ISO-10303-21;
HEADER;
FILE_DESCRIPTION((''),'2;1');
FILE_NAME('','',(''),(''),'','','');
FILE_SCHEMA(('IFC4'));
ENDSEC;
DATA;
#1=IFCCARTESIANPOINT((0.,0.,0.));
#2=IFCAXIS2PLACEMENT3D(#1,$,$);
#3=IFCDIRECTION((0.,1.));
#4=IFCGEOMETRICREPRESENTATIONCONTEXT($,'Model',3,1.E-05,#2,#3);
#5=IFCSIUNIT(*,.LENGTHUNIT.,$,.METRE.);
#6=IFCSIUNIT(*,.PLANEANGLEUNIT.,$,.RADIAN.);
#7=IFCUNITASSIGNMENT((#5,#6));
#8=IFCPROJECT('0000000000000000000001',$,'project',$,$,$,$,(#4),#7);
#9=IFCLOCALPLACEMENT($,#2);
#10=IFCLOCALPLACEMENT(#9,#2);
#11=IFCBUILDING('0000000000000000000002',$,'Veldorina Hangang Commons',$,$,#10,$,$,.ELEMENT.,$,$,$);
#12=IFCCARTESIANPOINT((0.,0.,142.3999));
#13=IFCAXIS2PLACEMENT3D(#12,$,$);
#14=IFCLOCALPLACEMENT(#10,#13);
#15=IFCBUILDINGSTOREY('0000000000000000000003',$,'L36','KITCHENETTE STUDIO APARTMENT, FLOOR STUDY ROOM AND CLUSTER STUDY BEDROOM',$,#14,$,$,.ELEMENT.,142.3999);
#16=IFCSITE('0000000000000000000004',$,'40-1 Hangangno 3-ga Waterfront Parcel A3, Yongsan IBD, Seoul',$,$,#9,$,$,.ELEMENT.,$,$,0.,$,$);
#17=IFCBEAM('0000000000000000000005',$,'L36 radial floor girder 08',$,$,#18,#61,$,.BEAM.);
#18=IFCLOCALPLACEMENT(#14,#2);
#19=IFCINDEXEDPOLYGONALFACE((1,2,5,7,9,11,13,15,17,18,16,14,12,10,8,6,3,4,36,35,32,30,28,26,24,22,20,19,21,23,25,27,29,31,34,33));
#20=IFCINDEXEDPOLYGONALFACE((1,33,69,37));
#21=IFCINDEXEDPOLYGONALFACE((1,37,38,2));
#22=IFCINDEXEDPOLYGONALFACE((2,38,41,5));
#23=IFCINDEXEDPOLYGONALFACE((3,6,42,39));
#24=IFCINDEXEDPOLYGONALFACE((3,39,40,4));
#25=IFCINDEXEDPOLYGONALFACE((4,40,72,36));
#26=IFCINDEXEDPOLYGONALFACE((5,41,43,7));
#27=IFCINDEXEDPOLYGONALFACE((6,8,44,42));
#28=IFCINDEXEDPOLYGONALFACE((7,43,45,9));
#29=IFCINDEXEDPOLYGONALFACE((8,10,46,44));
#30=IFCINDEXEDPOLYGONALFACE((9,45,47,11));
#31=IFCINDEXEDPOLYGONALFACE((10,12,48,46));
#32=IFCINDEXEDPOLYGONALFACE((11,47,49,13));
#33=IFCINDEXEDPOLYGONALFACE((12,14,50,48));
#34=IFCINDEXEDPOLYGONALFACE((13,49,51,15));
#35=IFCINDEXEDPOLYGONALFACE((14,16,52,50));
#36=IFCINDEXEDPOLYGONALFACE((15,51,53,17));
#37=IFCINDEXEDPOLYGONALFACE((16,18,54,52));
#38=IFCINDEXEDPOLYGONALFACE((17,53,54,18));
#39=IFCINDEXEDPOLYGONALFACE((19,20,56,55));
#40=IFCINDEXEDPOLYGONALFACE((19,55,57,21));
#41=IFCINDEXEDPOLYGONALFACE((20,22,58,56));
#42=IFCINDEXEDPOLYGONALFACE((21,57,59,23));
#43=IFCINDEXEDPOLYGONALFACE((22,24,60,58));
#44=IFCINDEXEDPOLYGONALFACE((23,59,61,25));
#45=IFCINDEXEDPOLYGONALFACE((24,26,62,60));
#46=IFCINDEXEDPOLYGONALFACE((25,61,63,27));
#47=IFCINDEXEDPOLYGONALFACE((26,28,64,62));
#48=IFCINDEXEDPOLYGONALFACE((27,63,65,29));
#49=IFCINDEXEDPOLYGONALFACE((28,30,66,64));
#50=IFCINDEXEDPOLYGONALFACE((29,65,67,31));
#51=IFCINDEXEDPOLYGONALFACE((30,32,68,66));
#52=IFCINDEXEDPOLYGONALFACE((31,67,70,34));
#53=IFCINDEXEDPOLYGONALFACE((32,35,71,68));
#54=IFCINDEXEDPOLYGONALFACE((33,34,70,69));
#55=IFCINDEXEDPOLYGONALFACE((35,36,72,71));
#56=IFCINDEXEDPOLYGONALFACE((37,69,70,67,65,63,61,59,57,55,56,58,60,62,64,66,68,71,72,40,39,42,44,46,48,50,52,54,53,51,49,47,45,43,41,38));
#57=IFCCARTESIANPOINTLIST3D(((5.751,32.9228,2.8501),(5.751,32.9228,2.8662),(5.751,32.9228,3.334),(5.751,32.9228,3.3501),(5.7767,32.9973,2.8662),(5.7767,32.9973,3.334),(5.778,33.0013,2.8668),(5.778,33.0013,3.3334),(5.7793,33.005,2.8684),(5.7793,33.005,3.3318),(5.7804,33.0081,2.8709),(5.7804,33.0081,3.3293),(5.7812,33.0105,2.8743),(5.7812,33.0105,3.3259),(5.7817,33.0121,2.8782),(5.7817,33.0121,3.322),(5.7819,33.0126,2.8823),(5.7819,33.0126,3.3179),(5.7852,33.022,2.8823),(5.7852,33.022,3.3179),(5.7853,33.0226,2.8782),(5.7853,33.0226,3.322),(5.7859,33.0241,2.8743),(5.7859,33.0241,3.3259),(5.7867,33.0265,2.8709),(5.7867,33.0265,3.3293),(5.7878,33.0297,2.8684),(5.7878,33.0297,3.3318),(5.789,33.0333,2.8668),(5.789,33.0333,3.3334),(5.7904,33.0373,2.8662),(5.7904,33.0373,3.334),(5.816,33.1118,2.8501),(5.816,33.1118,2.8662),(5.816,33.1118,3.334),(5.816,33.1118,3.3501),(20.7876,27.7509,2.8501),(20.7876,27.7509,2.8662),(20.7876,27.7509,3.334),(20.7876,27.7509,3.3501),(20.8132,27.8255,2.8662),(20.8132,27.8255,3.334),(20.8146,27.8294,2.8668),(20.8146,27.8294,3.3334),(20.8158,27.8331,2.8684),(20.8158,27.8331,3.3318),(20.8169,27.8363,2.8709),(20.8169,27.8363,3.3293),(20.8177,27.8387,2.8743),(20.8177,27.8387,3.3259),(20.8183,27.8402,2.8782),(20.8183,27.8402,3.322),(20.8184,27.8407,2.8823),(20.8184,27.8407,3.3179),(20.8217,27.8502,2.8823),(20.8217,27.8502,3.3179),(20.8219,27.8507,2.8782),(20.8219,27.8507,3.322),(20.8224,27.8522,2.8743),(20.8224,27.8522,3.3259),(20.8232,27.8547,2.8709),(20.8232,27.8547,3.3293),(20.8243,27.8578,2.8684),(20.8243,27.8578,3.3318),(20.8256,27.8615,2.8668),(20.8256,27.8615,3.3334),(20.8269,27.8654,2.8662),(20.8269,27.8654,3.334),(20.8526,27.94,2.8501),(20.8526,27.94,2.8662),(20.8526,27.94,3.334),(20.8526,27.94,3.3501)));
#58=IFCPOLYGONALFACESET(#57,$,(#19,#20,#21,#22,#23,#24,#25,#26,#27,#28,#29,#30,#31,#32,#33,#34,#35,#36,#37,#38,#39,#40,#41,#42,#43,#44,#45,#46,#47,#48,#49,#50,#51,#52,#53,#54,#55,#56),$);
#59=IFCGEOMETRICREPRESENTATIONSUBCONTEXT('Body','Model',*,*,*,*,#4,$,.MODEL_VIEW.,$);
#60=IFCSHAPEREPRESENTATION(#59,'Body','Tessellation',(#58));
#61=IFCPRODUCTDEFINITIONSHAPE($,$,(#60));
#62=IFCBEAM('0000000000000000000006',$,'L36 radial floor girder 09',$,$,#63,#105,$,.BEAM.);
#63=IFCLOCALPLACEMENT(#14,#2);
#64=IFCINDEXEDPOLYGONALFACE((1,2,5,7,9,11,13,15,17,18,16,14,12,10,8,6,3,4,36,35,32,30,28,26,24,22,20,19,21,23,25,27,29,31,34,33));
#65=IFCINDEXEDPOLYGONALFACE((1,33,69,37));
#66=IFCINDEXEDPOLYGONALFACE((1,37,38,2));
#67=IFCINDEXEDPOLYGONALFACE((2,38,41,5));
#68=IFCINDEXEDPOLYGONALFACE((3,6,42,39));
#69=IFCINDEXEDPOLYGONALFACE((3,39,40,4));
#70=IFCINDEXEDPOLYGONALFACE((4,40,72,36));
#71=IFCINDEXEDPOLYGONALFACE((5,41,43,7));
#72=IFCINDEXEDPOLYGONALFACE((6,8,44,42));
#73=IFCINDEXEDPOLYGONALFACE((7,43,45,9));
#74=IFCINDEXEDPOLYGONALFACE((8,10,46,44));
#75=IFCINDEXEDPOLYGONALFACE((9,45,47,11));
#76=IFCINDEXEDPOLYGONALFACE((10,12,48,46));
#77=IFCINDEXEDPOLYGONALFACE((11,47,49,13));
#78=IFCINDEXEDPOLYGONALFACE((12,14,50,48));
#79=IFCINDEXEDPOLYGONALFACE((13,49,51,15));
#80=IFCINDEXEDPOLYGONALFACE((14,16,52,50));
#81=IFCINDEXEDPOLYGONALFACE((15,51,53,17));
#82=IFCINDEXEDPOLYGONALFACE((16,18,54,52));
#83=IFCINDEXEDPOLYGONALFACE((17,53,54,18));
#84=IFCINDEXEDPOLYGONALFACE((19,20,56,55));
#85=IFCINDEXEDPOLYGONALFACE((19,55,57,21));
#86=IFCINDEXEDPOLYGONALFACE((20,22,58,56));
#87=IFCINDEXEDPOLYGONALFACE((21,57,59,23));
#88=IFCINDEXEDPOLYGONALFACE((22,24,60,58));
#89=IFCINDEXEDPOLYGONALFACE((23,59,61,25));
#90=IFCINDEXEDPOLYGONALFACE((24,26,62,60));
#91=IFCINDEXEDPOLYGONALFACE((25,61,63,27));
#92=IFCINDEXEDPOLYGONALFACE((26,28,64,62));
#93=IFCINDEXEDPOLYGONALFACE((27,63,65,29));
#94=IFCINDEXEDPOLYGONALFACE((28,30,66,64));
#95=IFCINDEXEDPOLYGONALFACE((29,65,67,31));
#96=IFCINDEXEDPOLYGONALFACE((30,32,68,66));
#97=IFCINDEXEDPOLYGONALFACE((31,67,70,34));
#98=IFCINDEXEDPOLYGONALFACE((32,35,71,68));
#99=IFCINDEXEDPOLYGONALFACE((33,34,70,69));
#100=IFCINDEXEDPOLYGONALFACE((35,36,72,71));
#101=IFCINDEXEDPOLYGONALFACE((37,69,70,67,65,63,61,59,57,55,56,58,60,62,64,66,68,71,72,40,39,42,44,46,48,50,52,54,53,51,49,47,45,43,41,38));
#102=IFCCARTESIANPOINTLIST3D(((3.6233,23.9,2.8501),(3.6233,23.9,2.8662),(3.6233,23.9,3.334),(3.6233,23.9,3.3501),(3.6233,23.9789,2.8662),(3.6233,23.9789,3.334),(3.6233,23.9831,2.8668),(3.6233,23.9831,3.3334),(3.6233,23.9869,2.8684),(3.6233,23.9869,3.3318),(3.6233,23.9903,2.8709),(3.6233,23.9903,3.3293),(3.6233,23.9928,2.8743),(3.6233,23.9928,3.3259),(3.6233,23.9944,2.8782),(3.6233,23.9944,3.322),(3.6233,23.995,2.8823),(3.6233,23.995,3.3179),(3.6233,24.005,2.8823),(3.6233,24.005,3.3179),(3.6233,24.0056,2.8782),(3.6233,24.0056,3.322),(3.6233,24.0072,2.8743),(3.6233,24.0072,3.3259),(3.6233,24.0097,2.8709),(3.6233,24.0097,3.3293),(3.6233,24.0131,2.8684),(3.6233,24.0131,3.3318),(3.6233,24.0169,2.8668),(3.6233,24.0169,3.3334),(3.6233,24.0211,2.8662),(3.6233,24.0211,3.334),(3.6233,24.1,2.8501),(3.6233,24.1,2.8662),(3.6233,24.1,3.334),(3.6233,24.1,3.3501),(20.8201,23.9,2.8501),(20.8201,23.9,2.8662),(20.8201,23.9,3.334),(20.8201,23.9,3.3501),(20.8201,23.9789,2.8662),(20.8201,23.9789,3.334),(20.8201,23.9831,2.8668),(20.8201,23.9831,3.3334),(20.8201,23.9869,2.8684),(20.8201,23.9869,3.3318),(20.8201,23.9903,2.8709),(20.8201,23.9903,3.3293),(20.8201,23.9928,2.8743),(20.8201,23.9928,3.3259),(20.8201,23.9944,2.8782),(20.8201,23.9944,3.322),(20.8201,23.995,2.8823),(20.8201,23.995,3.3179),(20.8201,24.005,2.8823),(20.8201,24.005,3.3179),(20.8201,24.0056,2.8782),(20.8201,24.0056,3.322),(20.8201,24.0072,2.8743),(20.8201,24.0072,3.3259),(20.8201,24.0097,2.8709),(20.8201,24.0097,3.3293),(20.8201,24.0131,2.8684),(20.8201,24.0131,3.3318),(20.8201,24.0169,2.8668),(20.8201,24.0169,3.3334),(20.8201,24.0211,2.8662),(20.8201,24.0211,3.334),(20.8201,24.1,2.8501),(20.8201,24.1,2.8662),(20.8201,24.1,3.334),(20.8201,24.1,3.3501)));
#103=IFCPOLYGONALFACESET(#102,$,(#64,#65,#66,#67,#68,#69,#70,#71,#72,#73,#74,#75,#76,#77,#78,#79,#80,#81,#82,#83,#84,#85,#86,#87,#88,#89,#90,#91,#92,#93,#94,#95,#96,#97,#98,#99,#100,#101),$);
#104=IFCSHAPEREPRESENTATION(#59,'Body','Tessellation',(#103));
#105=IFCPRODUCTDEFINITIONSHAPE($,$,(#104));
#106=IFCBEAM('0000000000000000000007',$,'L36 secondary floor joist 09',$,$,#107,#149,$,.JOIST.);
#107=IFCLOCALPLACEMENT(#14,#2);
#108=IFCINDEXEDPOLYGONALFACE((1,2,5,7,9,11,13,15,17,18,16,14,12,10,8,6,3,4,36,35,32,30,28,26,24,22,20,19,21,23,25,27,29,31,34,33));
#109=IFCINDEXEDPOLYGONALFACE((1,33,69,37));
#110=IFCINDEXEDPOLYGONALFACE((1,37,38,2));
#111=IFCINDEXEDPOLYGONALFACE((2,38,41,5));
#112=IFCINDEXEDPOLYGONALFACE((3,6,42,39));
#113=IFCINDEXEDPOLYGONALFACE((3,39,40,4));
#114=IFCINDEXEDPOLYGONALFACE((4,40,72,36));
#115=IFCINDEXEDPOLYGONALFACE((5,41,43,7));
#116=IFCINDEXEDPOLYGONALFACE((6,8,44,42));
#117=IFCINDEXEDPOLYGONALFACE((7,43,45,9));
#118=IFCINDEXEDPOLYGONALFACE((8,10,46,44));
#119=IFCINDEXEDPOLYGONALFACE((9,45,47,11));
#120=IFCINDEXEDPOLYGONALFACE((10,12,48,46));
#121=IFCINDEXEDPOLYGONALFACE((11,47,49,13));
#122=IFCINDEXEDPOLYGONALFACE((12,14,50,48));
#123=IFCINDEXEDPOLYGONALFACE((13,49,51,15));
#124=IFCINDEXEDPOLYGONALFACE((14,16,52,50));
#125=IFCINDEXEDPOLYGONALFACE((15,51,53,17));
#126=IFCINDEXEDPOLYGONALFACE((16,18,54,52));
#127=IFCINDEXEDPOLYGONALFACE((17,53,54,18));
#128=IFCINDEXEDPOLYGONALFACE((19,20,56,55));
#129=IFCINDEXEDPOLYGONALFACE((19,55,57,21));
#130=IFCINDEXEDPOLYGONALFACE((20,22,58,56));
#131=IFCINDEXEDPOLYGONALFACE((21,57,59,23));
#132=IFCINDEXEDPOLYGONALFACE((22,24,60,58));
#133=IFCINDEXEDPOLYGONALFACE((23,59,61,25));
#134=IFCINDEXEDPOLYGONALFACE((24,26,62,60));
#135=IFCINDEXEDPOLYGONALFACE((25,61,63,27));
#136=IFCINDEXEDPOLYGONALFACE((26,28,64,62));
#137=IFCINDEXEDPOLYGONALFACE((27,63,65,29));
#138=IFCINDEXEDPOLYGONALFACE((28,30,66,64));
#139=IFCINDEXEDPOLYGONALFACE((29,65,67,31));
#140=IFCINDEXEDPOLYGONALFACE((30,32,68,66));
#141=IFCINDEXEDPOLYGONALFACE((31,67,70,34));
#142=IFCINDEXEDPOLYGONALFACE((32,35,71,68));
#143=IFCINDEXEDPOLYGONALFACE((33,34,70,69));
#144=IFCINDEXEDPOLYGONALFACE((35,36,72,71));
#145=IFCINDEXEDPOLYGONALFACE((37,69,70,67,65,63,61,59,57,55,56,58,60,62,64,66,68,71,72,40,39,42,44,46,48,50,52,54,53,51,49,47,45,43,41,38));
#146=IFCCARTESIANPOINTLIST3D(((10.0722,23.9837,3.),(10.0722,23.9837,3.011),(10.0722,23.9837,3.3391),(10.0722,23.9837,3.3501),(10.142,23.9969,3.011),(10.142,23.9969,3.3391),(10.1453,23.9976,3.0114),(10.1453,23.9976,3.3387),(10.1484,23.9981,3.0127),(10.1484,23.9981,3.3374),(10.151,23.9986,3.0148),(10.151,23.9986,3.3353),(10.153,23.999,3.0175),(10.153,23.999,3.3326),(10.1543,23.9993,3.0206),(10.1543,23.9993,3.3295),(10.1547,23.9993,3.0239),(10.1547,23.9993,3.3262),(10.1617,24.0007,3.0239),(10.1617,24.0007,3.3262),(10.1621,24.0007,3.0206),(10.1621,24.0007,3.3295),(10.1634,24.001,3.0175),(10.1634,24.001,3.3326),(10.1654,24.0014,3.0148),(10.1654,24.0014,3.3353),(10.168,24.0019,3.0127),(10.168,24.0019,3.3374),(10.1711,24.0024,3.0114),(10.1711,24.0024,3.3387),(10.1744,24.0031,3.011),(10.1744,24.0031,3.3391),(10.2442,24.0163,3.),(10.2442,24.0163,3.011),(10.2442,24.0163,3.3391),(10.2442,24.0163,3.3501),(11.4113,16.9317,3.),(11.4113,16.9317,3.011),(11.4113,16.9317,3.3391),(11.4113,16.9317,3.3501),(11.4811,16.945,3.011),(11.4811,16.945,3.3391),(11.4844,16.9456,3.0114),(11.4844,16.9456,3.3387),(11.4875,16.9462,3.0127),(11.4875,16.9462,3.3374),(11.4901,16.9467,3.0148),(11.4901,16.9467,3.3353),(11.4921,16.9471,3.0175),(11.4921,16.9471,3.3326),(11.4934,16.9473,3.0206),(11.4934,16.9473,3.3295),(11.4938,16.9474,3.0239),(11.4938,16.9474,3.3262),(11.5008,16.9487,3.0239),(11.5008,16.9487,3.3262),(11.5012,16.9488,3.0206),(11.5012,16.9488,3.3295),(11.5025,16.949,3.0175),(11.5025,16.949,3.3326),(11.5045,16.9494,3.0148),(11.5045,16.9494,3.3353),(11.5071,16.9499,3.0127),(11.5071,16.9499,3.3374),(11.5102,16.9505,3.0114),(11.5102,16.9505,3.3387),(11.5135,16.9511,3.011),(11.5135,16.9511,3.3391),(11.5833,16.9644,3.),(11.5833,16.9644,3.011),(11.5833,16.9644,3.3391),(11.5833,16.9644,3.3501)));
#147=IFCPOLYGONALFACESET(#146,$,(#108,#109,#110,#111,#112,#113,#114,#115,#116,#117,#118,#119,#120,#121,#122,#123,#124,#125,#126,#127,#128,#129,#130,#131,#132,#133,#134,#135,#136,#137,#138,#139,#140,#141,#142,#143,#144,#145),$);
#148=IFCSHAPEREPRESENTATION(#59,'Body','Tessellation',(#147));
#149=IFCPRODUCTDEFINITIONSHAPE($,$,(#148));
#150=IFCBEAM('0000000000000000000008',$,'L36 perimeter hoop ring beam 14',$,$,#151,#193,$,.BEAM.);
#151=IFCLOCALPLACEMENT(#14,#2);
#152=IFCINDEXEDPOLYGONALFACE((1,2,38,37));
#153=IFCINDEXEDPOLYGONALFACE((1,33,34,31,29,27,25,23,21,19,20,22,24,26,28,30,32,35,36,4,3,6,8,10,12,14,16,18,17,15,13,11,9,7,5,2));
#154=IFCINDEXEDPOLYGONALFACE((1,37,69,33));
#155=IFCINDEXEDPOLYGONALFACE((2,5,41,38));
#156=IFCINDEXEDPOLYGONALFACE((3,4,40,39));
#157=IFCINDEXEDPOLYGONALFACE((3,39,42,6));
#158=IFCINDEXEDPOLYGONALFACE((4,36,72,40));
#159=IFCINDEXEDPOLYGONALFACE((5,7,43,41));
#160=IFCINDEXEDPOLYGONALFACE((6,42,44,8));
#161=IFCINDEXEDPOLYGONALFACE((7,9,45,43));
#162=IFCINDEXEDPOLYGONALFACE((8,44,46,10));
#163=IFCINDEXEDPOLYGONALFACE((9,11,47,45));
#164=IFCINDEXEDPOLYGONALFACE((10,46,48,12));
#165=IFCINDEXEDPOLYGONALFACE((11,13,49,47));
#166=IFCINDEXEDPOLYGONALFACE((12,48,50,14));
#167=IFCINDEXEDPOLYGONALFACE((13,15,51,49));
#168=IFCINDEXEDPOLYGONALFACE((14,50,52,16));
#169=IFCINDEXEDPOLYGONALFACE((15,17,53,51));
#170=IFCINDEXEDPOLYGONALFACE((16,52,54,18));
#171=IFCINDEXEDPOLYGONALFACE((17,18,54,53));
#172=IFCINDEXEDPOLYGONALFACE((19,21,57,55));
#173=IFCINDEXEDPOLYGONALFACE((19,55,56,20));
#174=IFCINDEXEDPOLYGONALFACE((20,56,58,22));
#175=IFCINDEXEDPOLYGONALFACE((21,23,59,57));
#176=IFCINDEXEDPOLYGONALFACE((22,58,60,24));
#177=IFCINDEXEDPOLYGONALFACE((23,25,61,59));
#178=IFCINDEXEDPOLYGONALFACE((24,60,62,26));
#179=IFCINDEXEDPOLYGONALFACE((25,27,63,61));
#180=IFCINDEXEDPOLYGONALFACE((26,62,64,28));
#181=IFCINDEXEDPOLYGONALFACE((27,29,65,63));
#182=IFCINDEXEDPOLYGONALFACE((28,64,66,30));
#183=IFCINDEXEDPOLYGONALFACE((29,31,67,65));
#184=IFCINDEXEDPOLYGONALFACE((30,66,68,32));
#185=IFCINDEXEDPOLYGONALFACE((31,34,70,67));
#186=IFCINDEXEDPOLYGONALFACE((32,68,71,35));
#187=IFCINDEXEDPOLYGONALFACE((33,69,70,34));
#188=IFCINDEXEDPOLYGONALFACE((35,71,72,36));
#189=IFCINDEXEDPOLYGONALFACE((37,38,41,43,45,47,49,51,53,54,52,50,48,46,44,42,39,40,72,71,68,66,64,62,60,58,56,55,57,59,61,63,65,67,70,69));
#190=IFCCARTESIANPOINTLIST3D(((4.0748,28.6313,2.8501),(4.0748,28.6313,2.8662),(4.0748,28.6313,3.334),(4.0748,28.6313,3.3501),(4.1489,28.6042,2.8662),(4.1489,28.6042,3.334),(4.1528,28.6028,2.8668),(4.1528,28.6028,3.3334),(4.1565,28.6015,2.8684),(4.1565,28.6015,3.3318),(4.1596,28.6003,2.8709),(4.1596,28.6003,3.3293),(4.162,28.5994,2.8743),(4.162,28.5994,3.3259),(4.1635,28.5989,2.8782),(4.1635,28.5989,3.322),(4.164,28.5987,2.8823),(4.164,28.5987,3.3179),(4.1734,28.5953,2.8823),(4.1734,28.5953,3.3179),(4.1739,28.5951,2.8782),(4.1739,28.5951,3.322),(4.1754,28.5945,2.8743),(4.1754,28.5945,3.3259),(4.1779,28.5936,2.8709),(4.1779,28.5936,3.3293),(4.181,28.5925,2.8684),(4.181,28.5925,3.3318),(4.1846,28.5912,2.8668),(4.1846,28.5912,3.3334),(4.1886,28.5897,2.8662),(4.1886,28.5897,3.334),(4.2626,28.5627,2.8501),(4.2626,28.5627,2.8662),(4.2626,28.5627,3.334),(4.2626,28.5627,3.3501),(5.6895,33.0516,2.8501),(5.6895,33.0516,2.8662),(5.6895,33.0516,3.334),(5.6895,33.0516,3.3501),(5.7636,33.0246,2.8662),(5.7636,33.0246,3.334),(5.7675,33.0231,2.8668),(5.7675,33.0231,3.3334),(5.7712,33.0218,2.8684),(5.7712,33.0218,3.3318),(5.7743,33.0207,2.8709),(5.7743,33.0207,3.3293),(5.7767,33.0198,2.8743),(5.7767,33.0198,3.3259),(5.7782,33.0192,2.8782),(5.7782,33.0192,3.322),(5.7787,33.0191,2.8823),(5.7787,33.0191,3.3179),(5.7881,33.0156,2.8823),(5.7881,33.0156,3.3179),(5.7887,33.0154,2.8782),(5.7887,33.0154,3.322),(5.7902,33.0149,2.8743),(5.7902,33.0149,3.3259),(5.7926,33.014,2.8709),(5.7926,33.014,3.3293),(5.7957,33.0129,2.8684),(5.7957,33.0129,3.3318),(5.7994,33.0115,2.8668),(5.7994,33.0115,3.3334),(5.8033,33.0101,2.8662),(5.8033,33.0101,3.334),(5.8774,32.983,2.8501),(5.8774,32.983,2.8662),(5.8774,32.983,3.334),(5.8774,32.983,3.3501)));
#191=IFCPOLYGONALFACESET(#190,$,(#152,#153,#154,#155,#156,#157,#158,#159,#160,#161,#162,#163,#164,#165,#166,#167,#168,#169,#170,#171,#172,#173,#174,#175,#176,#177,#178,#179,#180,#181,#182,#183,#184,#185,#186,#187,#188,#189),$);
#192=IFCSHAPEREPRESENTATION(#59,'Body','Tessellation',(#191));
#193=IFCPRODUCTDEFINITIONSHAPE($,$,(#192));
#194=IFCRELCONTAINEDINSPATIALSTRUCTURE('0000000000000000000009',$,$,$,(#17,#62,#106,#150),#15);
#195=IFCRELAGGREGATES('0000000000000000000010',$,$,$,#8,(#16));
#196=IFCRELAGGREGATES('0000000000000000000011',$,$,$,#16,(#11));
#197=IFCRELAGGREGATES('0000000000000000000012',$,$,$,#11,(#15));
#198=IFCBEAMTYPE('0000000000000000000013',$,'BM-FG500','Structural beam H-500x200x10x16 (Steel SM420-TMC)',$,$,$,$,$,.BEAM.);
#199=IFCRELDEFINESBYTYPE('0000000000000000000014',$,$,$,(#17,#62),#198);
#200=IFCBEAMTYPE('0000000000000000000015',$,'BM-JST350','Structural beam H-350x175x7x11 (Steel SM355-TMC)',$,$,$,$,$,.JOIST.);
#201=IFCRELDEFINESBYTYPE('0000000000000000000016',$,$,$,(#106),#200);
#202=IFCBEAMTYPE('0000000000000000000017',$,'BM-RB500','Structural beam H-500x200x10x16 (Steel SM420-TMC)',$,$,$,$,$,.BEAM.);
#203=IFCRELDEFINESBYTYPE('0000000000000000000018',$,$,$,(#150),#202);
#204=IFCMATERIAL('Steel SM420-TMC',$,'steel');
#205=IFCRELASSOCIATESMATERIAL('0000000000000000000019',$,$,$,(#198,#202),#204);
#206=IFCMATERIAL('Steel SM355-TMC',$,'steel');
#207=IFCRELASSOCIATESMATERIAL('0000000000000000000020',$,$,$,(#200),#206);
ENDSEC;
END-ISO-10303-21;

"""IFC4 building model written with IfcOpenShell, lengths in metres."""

from ifc_helpers import new_model, si_unit, direction, frame, origin, origin_2d, place, context, subcontext, project, spatial, i_section, extrude, material, material_profile, profile_set, type_object, element, save


model = new_model("IFC4")

# Units and contexts
model_context = context("Model", 3, precision=1e-05, world=origin(), true_north=direction((0.0, 1.0)))
body_context = subcontext(model_context, "Body", "Model", "MODEL_VIEW")
ifc_project = project(units=[si_unit("LENGTHUNIT", "METRE"), si_unit("PLANEANGLEUNIT", "RADIAN")], contexts=[model_context])

# Site, building, storey
site_placement = place(None, origin())
site = spatial("IfcSite", under=ifc_project, at=site_placement, Name="40-1 Hangangno 3-ga Waterfront Parcel A3, Yongsan IBD, Seoul", CompositionType="ELEMENT", RefElevation=0.0)
building_placement = place(site_placement, origin())
building = spatial("IfcBuilding", under=site, at=building_placement, Name="Veldorina Hangang Commons", CompositionType="ELEMENT")
storey_placement = place(building_placement, frame((0.0, 0.0, 142.3999)))
storey = spatial("IfcBuildingStorey", under=building, at=storey_placement, Name="L36", Description="KITCHENETTE STUDIO APARTMENT, FLOOR STUDY ROOM AND CLUSTER STUDY BEDROOM", CompositionType="ELEMENT", Elevation=142.3999)

# Beams
ifc_material_1 = material(Name="Steel SM420-TMC", Category="steel")
ifc_material_profile_1 = material_profile(ifc_material_1, i_section(OverallWidth=0.2, OverallDepth=0.5, WebThickness=0.01, FlangeThickness=0.0161, FilletRadius=0.0161, at=origin_2d()), Name="H-500x200x10x16")
ifc_profile_set_1 = profile_set([ifc_material_profile_1], Name="Steel SM420-TMC")
beam_type_1 = type_object("IfcBeamType", Name="BM-FG500", Description="Structural beam H-500x200x10x16 (Steel SM420-TMC)", PredefinedType="BEAM", material=ifc_profile_set_1)
beam_1_placement = place(storey_placement, frame((20.8201, 27.8455, 3.1001), z_axis=(-0.945628, 0.325251, 0.0), x_axis=(-0.325251, -0.945628, 0.0)))
element("IfcBeam", 1, at=beam_1_placement, inside=storey, type_object=beam_type_1, Name="L36 radial floor girder 08", PredefinedType="BEAM", context=body_context, shape_type="SweptSolid", body=[
    extrude(i_section(OverallWidth=0.2, OverallDepth=0.5, WebThickness=0.01, FlangeThickness=0.0161, FilletRadius=0.0161, at=origin_2d()), origin(), (0.0, 0.0, 1.0), 15.9011),
])
beam_2_placement = place(storey_placement, frame((20.8201, 24.0, 3.1001), z_axis=(-1.0, 0.0, 0.0), x_axis=(0.0, -1.0, 0.0)))
element("IfcBeam", 2, at=beam_2_placement, inside=storey, type_object=beam_type_1, Name="L36 radial floor girder 09", PredefinedType="BEAM", context=body_context, shape_type="SweptSolid", body=[
    extrude(i_section(OverallWidth=0.2, OverallDepth=0.5, WebThickness=0.01, FlangeThickness=0.0161, FilletRadius=0.0161, at=origin_2d()), origin(), (0.0, 0.0, 1.0), 17.1968),
])
ifc_material_2 = material(Name="Steel SM355-TMC", Category="steel")
ifc_material_profile_2 = material_profile(ifc_material_2, i_section(OverallWidth=0.175, OverallDepth=0.3501, WebThickness=0.0071, FlangeThickness=0.011, FilletRadius=0.0129, at=origin_2d()), Name="H-350x175x7x11")
ifc_profile_set_2 = profile_set([ifc_material_profile_2], Name="Steel SM355-TMC")
beam_type_2 = type_object("IfcBeamType", Name="BM-JST350", Description="Structural beam H-350x175x7x11 (Steel SM355-TMC)", PredefinedType="JOIST", material=ifc_profile_set_2)
beam_3_placement = place(storey_placement, frame((10.1582, 24.0, 3.175), z_axis=(0.186557, -0.982444, 0.0), x_axis=(0.982444, 0.186557, 0.0)))
element("IfcBeam", 3, at=beam_3_placement, inside=storey, type_object=beam_type_2, Name="L36 secondary floor joist 09", PredefinedType="JOIST", context=body_context, shape_type="SweptSolid", body=[
    extrude(i_section(OverallWidth=0.175, OverallDepth=0.3501, WebThickness=0.0071, FlangeThickness=0.011, FilletRadius=0.0129, at=origin_2d()), origin(), (0.0, 0.0, 1.0), 7.178),
])
ifc_material_profile_3 = material_profile(ifc_material_1, i_section(OverallWidth=0.2, OverallDepth=0.5, WebThickness=0.01, FlangeThickness=0.0161, FilletRadius=0.0161, at=origin_2d()), Name="H-500x200x10x16")
ifc_profile_set_3 = profile_set([ifc_material_profile_3], Name="Steel SM420-TMC")
beam_type_3 = type_object("IfcBeamType", Name="BM-RB500", Description="Structural beam H-500x200x10x16 (Steel SM420-TMC)", PredefinedType="BEAM", material=ifc_profile_set_3)
beam_4_placement = place(storey_placement, frame((5.7834, 33.0173, 3.1001), z_axis=(-0.343117, -0.939293, 0.0), x_axis=(0.939293, -0.343117, 0.0)))
element("IfcBeam", 4, at=beam_4_placement, inside=storey, type_object=beam_type_3, Name="L36 perimeter hoop ring beam 14", PredefinedType="BEAM", context=body_context, shape_type="SweptSolid", body=[
    extrude(i_section(OverallWidth=0.2, OverallDepth=0.5, WebThickness=0.01, FlangeThickness=0.0161, FilletRadius=0.0161, at=origin_2d()), origin(), (0.0, 0.0, 1.0), 4.7061),
])

save(model, "model.ifc")
